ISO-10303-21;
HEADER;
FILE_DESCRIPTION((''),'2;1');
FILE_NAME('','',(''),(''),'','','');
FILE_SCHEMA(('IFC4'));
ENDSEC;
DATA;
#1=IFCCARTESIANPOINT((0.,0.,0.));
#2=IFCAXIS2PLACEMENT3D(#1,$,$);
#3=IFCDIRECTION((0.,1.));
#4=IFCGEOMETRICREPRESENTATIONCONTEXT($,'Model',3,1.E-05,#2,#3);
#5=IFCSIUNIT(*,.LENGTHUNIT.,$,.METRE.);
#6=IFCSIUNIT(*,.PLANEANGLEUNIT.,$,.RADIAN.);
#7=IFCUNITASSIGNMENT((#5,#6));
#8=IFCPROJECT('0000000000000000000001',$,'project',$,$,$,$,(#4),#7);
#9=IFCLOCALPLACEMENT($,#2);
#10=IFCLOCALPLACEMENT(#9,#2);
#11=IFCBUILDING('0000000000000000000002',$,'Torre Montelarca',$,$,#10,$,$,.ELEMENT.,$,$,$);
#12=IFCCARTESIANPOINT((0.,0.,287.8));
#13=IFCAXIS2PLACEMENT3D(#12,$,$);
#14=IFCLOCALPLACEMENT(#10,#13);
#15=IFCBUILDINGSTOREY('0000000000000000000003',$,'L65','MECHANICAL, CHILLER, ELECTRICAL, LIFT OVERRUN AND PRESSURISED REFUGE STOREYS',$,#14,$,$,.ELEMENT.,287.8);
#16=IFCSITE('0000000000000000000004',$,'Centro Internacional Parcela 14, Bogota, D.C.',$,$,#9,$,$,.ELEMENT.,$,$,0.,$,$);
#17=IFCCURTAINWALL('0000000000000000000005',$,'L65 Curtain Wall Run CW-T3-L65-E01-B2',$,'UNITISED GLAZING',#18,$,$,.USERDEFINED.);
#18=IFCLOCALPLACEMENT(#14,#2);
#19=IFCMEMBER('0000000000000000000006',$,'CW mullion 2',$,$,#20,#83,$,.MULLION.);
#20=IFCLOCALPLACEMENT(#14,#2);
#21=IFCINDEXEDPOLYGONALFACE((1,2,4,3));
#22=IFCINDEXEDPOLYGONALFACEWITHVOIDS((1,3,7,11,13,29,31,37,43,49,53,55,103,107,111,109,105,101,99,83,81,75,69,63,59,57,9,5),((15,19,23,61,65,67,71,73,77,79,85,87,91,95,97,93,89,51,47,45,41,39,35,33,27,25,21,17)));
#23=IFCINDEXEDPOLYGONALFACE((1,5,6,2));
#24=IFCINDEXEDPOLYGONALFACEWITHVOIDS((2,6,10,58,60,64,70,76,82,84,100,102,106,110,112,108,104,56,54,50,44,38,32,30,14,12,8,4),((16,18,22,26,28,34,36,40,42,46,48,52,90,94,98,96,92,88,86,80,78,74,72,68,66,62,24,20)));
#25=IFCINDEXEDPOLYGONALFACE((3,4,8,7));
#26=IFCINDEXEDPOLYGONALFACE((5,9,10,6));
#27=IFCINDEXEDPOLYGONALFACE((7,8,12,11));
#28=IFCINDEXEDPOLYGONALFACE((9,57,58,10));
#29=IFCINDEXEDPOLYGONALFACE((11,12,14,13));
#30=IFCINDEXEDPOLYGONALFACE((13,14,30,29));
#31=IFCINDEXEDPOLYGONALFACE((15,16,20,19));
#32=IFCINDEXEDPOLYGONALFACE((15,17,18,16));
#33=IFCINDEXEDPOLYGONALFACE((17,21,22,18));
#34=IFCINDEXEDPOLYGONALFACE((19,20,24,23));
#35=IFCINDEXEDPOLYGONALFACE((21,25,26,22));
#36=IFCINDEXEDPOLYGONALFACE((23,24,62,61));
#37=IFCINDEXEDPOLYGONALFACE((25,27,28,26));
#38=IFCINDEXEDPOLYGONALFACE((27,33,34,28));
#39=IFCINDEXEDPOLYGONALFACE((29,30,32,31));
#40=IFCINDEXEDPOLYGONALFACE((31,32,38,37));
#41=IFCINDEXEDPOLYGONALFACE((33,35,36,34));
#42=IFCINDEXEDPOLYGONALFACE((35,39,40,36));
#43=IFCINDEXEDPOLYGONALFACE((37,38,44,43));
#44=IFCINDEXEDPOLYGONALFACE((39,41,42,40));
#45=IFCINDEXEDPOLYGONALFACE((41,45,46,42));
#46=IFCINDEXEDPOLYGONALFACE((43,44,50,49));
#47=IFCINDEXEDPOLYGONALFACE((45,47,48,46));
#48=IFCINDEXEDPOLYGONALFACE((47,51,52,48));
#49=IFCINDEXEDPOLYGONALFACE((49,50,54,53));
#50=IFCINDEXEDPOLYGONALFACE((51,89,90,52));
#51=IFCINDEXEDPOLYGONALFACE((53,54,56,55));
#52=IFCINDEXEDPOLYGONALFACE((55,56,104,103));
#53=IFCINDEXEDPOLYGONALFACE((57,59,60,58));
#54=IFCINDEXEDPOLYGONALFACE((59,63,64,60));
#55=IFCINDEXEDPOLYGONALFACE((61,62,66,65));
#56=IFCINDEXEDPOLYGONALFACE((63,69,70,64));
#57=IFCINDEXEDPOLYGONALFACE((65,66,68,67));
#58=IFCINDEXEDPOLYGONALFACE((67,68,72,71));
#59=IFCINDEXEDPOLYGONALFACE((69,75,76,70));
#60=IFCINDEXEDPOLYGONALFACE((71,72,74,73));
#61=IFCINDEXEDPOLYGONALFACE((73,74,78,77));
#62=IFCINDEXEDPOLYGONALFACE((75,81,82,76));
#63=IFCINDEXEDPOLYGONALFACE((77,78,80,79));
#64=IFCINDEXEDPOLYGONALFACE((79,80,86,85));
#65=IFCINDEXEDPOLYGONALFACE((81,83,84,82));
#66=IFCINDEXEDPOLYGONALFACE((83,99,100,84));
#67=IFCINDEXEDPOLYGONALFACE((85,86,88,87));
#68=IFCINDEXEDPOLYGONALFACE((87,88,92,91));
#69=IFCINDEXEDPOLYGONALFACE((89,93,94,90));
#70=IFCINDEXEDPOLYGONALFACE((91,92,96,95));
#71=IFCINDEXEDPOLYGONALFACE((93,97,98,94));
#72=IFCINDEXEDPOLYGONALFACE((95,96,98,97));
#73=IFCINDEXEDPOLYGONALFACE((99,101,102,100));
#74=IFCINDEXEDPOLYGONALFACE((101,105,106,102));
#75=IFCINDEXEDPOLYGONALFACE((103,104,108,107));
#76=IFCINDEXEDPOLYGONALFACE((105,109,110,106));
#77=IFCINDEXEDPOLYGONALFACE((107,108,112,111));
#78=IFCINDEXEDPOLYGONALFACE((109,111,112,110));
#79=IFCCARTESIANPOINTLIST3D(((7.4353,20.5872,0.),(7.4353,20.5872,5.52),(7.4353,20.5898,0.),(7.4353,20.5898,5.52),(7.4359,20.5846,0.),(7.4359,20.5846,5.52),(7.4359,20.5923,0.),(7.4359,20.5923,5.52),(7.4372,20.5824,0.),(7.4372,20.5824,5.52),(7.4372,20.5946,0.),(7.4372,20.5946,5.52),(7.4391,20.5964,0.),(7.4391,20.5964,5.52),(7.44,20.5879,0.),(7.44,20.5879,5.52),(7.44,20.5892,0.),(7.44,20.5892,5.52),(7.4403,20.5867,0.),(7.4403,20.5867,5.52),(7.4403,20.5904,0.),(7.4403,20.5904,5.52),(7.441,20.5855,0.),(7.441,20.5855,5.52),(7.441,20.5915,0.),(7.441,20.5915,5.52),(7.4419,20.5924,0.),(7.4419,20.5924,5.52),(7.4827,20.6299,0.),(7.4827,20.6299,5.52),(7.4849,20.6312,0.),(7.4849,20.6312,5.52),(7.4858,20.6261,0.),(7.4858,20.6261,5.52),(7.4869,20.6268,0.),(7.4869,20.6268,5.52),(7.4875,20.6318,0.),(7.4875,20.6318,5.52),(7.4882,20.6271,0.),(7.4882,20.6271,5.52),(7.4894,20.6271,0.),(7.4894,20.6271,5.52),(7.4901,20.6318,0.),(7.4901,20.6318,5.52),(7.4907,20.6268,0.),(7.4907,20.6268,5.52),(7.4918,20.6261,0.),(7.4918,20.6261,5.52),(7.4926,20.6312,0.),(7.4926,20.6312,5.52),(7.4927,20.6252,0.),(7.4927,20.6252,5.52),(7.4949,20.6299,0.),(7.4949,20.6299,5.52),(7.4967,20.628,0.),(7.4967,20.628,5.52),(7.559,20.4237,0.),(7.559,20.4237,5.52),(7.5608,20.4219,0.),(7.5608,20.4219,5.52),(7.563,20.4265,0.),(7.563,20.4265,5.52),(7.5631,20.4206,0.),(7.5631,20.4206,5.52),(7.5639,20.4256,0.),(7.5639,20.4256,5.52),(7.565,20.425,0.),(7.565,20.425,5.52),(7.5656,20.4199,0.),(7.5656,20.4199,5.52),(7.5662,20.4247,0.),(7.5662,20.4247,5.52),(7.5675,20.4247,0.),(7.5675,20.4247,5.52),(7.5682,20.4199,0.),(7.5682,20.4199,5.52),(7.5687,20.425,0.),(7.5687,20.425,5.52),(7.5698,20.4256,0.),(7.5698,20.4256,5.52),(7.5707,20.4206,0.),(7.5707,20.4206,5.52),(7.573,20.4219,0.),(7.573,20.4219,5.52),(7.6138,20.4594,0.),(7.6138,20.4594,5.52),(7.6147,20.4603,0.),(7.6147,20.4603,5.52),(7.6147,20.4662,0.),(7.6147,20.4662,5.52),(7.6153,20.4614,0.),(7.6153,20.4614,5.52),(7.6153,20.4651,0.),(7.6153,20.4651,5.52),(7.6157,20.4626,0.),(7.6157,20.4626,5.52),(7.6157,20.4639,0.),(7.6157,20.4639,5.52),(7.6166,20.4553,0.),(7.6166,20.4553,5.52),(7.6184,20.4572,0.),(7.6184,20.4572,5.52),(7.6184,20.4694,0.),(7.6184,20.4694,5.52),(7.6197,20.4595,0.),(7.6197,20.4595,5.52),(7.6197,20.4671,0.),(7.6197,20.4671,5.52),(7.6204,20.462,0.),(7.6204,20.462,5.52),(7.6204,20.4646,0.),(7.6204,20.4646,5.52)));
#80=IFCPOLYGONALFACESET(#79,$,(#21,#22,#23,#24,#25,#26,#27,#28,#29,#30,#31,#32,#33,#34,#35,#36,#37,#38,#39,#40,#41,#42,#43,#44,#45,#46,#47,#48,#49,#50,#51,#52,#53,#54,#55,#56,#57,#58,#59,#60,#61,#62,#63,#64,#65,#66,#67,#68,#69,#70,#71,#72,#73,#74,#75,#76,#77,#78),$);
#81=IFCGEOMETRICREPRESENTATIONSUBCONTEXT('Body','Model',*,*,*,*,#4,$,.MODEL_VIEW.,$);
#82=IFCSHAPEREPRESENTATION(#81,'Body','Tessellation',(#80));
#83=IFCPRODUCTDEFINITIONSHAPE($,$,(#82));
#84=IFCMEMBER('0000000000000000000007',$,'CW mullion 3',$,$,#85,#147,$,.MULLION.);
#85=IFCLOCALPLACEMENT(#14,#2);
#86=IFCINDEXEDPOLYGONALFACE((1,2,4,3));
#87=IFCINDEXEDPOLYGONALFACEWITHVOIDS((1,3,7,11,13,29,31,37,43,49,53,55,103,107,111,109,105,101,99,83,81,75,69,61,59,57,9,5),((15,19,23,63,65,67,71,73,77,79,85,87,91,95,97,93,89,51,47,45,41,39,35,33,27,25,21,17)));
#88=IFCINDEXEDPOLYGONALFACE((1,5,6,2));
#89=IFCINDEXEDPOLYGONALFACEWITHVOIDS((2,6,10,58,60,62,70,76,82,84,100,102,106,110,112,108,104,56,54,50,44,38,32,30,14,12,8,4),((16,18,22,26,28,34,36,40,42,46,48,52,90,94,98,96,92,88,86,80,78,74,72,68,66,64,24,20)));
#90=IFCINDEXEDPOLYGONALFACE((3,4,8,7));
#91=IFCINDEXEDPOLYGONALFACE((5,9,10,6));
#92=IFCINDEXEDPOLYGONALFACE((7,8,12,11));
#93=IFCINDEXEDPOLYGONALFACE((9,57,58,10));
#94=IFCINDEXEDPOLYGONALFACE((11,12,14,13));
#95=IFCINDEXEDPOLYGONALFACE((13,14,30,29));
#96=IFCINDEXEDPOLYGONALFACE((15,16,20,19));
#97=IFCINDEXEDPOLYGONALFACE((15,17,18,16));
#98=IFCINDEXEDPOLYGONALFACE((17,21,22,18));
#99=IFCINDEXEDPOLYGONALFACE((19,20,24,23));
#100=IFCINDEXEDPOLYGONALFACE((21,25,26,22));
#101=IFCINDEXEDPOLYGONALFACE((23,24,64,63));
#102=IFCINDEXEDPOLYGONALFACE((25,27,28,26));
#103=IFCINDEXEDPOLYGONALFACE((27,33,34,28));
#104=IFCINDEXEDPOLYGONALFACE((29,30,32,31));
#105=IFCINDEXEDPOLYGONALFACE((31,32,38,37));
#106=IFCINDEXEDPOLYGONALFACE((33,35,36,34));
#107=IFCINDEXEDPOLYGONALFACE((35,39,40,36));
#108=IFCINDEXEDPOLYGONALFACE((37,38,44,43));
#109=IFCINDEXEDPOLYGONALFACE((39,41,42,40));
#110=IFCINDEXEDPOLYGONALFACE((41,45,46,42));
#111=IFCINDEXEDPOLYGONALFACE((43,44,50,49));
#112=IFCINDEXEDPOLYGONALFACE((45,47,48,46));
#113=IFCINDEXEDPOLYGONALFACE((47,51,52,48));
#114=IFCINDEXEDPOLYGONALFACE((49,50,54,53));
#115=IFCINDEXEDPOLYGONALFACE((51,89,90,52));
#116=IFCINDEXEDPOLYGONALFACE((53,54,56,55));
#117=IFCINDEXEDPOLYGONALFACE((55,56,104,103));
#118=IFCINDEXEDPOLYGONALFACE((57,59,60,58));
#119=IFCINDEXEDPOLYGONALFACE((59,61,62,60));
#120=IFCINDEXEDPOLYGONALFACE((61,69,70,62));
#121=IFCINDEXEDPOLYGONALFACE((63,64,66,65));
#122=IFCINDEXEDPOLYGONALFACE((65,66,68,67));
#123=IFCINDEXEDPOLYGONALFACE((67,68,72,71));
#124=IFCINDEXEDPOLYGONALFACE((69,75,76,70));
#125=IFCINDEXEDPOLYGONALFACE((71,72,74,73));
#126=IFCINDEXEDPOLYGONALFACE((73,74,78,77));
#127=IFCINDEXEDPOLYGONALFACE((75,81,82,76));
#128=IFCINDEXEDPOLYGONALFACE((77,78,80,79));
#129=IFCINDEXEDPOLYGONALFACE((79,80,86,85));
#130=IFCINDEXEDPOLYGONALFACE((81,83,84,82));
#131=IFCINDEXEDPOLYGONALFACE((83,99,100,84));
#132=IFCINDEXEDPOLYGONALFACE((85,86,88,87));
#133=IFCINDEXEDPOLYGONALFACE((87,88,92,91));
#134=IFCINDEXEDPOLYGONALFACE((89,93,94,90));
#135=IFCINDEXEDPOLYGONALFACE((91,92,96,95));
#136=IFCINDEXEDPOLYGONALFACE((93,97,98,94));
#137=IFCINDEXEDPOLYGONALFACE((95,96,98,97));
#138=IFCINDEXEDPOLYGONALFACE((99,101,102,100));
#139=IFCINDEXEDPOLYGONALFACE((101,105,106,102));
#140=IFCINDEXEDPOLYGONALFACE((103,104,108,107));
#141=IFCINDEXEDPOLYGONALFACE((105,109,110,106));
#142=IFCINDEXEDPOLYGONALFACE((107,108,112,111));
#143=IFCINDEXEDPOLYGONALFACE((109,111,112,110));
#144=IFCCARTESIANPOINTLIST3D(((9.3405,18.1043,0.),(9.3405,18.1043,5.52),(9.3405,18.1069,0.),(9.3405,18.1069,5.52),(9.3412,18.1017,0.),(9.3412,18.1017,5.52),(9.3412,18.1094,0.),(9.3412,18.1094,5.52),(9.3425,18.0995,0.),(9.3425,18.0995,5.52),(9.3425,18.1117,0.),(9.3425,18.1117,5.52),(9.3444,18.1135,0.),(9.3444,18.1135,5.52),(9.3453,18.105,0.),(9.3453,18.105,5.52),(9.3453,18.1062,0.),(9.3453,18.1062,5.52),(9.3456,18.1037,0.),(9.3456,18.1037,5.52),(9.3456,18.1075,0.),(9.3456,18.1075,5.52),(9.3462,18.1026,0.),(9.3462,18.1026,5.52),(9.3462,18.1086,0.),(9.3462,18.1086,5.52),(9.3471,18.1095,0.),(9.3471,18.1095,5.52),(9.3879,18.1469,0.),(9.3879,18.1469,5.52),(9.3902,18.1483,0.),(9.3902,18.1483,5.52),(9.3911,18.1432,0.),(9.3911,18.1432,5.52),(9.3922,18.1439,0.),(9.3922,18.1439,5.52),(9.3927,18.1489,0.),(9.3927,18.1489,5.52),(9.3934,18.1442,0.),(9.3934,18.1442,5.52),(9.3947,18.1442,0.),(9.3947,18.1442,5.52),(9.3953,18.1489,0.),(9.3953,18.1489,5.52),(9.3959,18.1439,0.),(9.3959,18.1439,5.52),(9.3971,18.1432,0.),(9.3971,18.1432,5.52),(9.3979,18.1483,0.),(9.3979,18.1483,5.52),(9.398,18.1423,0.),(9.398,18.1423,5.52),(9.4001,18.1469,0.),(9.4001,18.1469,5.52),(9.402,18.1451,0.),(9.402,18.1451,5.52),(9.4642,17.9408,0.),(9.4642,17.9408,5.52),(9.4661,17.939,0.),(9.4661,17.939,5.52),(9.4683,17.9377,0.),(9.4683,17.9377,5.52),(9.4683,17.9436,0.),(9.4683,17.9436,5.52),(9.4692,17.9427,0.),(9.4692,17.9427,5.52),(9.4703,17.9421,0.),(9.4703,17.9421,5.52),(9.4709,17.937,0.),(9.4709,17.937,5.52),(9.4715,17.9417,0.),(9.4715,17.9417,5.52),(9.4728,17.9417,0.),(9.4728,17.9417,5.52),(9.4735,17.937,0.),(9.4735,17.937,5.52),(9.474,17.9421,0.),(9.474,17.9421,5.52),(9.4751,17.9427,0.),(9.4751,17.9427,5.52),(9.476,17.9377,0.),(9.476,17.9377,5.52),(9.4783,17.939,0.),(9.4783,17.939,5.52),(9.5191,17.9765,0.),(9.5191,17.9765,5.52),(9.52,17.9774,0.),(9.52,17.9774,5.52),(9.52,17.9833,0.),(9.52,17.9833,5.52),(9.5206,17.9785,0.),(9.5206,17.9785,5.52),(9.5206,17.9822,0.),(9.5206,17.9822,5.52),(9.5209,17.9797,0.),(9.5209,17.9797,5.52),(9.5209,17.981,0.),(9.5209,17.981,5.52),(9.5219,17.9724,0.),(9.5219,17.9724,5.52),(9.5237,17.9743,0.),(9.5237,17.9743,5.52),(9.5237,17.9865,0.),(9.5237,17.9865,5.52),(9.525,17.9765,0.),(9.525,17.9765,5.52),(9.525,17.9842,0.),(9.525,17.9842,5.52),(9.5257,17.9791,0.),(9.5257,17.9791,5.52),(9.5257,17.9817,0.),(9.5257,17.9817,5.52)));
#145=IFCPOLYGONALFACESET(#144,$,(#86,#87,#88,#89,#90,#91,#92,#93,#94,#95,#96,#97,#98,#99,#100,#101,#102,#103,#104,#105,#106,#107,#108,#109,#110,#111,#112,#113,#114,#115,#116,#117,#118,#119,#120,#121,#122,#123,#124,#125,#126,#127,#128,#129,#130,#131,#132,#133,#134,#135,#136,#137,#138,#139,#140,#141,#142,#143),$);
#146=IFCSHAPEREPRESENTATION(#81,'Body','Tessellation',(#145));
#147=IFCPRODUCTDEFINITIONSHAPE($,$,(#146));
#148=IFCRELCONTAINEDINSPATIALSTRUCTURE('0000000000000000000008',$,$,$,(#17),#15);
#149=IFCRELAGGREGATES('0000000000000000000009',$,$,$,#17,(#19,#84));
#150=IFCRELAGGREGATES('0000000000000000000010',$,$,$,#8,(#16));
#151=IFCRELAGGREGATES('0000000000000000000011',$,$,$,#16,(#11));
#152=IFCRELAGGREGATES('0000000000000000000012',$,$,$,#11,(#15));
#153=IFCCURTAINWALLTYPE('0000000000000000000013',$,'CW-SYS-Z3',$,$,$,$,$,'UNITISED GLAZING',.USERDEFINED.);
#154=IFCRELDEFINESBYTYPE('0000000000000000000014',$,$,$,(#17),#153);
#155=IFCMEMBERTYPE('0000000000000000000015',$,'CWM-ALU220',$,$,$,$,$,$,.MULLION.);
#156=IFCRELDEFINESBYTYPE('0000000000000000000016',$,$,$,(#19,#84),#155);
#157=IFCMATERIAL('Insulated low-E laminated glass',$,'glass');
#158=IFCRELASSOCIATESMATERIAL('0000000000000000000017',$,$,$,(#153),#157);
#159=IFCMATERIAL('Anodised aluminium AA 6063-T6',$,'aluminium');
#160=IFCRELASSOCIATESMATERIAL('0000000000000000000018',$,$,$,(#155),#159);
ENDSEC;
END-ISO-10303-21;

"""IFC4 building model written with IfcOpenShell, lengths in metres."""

from ifc_helpers import new_model, si_unit, direction, frame, origin, origin_2d, place, context, subcontext, project, spatial, hollow_rectangle, extrude, source, transform, mapped, material, material_profile, profile_set, type_object, element, aggregate, save


model = new_model("IFC4")

# Units and contexts
model_context = context("Model", 3, precision=1e-05, world=origin(), true_north=direction((0.0, 1.0)))
body_context = subcontext(model_context, "Body", "Model", "MODEL_VIEW")
ifc_project = project(units=[si_unit("LENGTHUNIT", "METRE"), si_unit("PLANEANGLEUNIT", "RADIAN")], contexts=[model_context])

# Site, building, storey
site_placement = place(None, origin())
site = spatial("IfcSite", under=ifc_project, at=site_placement, Name="Centro Internacional Parcela 14, Bogota, D.C.", CompositionType="ELEMENT", RefElevation=0.0)
building_placement = place(site_placement, origin())
building = spatial("IfcBuilding", under=site, at=building_placement, Name="Torre Montelarca", CompositionType="ELEMENT")
storey_placement = place(building_placement, frame((0.0, 0.0, 287.8)))
storey = spatial("IfcBuildingStorey", under=building, at=storey_placement, Name="L65", Description="MECHANICAL, CHILLER, ELECTRICAL, LIFT OVERRUN AND PRESSURISED REFUGE STOREYS", CompositionType="ELEMENT", Elevation=287.8)

# Curtain wall
ifc_material_1 = material(Name="Insulated low-E laminated glass", Category="glass")
curtain_wall_type = type_object("IfcCurtainWallType", Name="CW-SYS-Z3", ElementType="UNITISED GLAZING", PredefinedType="USERDEFINED", material=ifc_material_1)
curtain_wall_1_placement = place(storey_placement, origin())
curtain_wall_1 = element("IfcCurtainWall", 1, at=curtain_wall_1_placement, inside=storey, type_object=curtain_wall_type, Name="L65 Curtain Wall Run CW-T3-L65-E01-B2", ObjectType="UNITISED GLAZING", PredefinedType="USERDEFINED")
ifc_material_2 = material(Name="Anodised aluminium AA 6063-T6", Category="aluminium")

# Shared definitions
ifc_material_profile_1 = material_profile(ifc_material_2, hollow_rectangle(XDim=0.075, YDim=0.22, WallThickness=0.0049, InnerFilletRadius=0.0049, OuterFilletRadius=0.01, at=origin_2d()), Name="ALU75X220X5", Category="aluminium")
ifc_profile_set_1 = profile_set([ifc_material_profile_1], Name="Anodised aluminium AA 6063-T6")
member_type_1 = type_object("IfcMemberType", Name="CWM-ALU220", PredefinedType="MULLION", material=ifc_profile_set_1)
shared_shape_1 = source(origin(), body_context, "Body", "SweptSolid", [
    extrude(hollow_rectangle(XDim=0.075, YDim=0.22, WallThickness=0.0049, InnerFilletRadius=0.0049, OuterFilletRadius=0.01, at=origin_2d()), origin(), (0.0, 0.0, 1.0), 5.52),
])

# Members
member_1_placement = place(storey_placement, frame((7.5278, 20.5259, 0.0), z_axis=(0.0, 0.0, 1.0), x_axis=(0.793346, 0.608771, 0.0)))
member_1 = element("IfcMember", 2, at=member_1_placement, type_object=member_type_1, Name="CW mullion 2", PredefinedType="MULLION", context=body_context, shape_type="MappedRepresentation", body=[
    mapped(shared_shape_1, transform((0.0, 0.0, 0.0), scale=1.0)),
])
member_2_placement = place(storey_placement, frame((9.4331, 18.043, 0.0), z_axis=(0.0, 0.0, 1.0), x_axis=(0.793346, 0.608771, 0.0)))
member_2 = element("IfcMember", 3, at=member_2_placement, type_object=member_type_1, Name="CW mullion 3", PredefinedType="MULLION", context=body_context, shape_type="MappedRepresentation", body=[
    mapped(shared_shape_1, transform((0.0, 0.0, 0.0), scale=1.0)),
])

aggregate(curtain_wall_1, [member_1, member_2])

save(model, "model.ifc")
